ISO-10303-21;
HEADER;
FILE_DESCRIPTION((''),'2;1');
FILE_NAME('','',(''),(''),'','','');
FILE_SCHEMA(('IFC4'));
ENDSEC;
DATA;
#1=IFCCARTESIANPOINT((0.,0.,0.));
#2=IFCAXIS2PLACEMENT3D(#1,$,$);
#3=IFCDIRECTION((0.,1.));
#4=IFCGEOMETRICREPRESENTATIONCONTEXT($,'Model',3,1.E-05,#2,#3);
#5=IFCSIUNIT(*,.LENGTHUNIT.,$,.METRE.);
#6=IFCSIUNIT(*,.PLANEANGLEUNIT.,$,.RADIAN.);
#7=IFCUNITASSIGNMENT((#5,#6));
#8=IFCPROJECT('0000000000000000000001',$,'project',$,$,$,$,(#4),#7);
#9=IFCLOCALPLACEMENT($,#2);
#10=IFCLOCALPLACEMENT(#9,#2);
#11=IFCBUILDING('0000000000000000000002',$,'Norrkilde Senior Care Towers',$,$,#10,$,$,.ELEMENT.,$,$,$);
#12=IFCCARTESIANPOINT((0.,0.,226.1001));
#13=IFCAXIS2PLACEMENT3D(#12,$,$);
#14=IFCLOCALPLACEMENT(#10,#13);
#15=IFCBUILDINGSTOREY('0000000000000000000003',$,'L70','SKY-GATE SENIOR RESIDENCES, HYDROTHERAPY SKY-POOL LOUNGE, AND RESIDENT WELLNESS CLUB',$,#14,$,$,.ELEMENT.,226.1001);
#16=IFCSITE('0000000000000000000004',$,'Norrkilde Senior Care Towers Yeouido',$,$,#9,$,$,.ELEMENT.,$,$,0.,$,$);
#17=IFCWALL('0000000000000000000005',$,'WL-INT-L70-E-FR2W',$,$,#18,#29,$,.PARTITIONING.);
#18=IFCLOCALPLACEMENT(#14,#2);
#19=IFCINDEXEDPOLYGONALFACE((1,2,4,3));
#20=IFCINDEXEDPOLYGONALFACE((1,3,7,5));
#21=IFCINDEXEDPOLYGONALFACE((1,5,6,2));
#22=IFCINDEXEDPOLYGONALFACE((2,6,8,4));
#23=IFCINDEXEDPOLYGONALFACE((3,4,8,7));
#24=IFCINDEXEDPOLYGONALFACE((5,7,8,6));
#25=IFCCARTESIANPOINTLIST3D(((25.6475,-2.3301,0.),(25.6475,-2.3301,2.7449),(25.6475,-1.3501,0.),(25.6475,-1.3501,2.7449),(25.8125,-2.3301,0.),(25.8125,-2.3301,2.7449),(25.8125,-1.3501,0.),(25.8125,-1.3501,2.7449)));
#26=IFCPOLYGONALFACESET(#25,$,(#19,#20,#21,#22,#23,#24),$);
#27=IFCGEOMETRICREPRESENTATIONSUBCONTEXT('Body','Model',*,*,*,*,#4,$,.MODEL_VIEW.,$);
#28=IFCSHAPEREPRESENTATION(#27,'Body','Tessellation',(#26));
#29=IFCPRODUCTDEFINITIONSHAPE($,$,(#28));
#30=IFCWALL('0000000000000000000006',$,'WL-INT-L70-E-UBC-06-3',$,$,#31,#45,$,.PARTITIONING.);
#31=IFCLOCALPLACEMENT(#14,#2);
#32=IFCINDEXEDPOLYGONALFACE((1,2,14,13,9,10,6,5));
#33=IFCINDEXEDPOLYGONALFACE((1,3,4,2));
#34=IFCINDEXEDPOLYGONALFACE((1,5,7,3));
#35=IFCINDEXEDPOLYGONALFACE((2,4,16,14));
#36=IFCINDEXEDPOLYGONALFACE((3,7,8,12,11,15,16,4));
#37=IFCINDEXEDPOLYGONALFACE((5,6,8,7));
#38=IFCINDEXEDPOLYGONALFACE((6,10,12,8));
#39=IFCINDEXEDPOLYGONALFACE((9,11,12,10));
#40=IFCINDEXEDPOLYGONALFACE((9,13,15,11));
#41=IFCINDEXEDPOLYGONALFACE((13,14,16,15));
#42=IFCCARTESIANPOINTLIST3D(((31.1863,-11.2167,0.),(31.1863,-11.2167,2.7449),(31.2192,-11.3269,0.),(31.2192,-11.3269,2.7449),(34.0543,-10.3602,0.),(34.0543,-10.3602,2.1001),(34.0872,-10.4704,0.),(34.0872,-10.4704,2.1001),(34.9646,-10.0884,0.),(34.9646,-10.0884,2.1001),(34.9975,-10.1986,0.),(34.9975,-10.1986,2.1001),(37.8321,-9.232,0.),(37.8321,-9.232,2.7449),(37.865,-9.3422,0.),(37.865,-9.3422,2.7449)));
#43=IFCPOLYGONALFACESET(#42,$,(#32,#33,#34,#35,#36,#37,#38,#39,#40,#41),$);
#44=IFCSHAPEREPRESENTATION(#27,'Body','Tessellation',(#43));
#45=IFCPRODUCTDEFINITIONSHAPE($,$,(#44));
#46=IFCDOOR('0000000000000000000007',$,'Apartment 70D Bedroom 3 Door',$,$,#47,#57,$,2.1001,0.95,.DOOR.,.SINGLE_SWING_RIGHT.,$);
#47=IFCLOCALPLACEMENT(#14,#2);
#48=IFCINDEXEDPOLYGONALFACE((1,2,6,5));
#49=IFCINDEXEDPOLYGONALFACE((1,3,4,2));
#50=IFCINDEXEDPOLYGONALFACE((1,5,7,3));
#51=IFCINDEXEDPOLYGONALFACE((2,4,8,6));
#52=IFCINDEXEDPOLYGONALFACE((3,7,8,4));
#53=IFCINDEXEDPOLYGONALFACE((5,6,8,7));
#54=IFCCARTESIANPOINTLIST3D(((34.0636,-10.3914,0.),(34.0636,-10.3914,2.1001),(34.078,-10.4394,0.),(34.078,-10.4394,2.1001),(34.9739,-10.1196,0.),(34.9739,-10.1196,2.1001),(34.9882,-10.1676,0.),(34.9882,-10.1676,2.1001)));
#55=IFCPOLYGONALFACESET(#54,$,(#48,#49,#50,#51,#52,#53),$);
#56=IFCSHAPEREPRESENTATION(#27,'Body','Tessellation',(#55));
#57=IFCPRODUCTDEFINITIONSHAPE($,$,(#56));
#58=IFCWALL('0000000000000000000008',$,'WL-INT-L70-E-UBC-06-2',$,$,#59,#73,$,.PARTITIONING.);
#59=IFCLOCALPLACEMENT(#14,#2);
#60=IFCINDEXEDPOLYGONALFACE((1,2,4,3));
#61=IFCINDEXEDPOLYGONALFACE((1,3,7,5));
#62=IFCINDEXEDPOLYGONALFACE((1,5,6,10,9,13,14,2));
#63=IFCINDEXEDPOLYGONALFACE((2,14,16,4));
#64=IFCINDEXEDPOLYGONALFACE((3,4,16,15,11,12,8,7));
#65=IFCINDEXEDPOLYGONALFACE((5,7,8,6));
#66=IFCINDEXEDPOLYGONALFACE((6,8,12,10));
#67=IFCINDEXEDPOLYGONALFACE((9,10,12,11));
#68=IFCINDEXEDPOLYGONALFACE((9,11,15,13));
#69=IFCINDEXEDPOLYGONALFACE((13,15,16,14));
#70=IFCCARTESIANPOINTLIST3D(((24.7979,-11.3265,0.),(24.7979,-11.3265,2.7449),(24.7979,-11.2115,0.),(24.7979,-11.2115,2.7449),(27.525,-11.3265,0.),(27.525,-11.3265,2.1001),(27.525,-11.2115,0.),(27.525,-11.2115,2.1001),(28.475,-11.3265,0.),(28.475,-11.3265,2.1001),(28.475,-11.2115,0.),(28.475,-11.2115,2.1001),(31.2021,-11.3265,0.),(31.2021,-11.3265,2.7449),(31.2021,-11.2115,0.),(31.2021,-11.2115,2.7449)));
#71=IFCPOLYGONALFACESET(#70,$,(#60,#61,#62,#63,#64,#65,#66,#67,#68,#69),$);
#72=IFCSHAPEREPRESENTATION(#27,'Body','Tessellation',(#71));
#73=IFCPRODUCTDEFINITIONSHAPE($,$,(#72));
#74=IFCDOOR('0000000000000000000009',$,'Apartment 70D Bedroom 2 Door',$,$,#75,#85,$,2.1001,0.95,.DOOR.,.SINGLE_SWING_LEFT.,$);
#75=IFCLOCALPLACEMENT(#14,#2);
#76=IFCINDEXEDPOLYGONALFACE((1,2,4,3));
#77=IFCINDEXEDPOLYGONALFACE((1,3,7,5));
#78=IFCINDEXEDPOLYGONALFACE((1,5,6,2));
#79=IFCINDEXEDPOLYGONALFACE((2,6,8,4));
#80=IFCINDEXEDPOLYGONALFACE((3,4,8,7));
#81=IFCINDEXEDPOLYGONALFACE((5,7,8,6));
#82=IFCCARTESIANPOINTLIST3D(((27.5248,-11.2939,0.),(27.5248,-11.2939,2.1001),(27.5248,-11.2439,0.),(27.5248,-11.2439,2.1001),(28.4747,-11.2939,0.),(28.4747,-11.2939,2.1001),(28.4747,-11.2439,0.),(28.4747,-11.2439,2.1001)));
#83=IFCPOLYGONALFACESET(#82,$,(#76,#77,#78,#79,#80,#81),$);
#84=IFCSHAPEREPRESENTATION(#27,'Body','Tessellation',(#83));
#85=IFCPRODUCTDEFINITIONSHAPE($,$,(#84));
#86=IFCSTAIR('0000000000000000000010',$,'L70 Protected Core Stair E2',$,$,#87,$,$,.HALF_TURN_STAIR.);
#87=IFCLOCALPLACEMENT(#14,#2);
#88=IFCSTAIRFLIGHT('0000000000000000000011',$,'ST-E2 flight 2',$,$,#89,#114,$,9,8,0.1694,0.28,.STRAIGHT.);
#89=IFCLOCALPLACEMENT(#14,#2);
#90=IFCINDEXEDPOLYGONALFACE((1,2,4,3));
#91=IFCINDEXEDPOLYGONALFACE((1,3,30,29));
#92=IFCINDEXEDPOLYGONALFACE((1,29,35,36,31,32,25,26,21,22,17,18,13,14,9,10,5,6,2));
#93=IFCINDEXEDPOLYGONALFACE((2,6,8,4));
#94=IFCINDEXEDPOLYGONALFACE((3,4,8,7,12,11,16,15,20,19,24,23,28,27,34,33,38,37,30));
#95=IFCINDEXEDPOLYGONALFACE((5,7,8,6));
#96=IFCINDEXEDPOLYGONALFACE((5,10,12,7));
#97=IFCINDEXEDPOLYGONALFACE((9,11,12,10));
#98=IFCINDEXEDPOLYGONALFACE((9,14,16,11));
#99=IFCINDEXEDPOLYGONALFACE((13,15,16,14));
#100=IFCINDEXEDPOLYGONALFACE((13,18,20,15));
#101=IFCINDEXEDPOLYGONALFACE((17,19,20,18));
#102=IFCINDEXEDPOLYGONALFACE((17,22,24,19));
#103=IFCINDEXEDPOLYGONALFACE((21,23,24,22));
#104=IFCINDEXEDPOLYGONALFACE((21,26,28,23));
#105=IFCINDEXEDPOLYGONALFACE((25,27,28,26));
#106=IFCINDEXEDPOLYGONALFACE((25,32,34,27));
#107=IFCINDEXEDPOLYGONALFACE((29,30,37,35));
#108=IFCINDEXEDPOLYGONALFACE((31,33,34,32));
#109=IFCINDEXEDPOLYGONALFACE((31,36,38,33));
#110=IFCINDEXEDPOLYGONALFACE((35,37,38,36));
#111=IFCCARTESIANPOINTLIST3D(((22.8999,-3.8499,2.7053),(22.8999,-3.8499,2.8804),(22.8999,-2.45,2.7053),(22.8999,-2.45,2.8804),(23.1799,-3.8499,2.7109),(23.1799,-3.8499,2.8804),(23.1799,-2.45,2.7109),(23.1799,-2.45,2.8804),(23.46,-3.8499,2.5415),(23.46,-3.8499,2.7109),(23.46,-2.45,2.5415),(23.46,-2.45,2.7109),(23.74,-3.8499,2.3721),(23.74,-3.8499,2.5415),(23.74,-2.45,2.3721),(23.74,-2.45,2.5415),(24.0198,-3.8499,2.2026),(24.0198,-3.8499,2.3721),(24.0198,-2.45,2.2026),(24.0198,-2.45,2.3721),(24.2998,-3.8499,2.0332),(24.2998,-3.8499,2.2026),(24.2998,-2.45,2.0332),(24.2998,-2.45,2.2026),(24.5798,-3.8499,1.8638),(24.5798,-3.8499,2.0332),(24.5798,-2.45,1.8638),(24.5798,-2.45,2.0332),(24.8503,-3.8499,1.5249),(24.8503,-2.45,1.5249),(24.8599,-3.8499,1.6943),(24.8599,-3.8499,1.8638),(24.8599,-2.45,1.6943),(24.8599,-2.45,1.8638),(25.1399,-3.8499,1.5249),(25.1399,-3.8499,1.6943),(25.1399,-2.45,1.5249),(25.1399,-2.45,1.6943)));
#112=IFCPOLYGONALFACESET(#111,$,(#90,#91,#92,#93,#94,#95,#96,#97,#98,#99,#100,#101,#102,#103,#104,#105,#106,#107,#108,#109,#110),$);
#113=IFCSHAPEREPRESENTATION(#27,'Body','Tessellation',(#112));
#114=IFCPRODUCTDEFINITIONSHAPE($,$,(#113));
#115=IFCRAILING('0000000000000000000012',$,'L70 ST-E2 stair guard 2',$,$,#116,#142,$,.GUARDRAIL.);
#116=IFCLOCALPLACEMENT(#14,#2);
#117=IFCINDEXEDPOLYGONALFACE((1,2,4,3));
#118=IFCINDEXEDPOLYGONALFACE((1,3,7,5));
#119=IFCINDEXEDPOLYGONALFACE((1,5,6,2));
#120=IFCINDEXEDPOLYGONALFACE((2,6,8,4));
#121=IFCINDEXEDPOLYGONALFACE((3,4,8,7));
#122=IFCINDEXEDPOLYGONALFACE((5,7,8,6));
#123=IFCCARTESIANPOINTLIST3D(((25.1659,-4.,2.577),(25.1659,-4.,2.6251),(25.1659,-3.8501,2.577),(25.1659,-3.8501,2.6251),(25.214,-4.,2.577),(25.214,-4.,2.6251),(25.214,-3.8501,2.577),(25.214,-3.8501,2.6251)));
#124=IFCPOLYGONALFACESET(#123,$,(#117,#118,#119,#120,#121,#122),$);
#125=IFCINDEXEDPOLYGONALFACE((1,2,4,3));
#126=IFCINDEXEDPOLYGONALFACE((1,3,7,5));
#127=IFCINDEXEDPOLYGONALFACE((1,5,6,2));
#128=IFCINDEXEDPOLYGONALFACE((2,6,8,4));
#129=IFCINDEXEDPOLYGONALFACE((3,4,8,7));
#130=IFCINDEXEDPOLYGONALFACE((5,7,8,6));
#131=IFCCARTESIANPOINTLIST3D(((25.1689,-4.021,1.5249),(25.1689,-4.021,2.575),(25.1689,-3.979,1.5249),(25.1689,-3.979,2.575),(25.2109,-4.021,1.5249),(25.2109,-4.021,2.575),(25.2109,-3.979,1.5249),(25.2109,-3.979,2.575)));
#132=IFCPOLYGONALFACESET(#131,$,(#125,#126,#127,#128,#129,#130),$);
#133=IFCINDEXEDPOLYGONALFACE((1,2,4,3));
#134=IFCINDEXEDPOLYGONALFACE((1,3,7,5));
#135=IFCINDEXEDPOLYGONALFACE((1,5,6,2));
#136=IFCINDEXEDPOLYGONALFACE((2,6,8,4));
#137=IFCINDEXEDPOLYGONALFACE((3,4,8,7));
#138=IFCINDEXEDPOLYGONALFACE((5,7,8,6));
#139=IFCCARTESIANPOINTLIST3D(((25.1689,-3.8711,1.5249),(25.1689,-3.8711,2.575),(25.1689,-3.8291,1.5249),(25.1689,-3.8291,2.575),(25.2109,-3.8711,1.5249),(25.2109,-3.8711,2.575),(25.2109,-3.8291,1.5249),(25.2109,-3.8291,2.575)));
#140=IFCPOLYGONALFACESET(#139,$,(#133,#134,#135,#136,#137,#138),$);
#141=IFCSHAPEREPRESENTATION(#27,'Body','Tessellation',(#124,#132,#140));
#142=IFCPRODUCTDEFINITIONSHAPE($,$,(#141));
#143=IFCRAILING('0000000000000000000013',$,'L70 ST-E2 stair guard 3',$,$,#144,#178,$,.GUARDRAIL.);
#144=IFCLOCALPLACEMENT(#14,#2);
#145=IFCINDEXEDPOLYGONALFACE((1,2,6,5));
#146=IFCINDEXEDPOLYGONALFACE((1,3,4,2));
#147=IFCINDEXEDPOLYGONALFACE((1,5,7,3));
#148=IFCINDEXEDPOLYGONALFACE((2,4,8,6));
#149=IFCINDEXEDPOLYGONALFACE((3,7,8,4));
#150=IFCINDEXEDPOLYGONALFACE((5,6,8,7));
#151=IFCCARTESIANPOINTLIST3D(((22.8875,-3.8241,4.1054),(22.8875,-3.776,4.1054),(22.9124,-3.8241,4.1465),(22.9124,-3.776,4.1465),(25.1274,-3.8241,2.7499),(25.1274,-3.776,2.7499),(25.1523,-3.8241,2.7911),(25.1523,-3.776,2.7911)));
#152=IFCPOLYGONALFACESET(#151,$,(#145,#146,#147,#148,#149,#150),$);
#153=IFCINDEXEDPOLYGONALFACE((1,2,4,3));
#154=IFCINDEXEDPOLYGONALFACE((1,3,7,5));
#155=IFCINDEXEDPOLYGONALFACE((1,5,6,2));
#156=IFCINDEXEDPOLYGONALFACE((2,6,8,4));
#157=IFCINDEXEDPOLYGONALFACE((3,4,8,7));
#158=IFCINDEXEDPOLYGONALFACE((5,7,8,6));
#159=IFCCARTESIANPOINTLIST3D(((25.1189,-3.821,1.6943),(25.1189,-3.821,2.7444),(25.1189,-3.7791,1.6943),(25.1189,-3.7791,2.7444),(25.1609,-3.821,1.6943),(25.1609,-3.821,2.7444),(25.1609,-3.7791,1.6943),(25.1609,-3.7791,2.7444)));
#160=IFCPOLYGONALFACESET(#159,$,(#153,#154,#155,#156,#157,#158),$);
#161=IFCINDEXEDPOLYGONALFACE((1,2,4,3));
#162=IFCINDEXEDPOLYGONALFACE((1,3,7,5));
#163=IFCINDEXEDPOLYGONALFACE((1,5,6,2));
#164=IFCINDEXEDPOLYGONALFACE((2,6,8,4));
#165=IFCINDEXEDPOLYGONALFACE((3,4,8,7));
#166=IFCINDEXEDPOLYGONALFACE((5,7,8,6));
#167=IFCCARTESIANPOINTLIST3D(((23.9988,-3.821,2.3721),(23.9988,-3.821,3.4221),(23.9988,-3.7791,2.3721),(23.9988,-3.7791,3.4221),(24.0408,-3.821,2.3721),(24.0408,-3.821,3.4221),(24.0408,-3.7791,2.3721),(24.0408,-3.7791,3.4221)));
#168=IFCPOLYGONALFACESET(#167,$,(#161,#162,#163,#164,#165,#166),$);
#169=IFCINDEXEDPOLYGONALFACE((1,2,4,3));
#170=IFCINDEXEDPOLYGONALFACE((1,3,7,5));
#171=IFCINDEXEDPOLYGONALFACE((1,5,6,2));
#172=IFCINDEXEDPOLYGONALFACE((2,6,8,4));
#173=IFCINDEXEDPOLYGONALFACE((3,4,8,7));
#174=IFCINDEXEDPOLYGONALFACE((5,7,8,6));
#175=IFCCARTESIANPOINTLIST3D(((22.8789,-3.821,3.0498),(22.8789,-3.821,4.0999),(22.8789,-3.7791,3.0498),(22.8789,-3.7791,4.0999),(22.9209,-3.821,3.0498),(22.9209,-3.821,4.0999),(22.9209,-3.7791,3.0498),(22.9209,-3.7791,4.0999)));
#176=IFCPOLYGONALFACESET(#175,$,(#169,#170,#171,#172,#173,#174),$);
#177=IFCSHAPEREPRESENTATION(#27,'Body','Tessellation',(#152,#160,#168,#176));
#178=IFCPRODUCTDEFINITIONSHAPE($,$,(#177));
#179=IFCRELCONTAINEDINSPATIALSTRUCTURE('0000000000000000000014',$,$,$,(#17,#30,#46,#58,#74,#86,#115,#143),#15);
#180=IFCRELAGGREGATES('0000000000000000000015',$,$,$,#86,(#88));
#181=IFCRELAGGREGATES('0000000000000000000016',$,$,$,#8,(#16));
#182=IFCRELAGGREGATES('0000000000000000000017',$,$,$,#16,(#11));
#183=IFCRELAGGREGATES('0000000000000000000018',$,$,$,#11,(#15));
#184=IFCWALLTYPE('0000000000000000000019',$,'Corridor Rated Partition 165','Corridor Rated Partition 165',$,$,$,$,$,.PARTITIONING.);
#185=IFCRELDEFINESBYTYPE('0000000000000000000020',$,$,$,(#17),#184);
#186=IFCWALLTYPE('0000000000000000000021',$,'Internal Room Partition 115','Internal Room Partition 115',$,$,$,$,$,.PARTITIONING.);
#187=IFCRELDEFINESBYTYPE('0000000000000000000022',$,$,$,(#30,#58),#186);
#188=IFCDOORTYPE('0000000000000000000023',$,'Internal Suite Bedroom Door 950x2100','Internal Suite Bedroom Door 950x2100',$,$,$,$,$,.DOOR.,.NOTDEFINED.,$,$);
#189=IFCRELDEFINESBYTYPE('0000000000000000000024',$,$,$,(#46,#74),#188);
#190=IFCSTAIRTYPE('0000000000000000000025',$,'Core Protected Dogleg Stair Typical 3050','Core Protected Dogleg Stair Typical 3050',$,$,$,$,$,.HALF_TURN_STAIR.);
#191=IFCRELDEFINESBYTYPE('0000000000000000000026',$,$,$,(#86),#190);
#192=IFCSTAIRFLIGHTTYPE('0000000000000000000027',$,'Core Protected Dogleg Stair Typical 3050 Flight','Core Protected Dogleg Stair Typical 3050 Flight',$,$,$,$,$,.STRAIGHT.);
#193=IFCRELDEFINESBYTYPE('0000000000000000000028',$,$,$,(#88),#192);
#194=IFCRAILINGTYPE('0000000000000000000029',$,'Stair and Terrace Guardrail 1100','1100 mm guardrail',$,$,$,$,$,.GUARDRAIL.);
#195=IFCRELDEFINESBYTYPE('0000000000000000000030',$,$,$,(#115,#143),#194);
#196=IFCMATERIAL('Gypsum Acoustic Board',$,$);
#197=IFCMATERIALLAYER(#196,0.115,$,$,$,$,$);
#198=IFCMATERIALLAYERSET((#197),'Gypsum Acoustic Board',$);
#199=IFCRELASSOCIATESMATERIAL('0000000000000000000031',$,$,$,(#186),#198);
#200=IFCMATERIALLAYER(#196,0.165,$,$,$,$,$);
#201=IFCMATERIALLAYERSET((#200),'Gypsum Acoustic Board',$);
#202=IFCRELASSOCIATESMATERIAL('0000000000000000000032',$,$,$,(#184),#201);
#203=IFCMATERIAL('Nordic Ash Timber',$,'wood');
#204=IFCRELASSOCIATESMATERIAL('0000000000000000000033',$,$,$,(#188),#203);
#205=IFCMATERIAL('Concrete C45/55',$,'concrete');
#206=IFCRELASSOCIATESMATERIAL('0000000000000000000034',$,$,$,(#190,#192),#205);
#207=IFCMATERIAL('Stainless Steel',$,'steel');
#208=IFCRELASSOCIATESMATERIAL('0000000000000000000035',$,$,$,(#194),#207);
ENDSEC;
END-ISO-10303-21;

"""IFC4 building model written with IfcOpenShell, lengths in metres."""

from ifc_helpers import new_model, si_unit, direction, frame, frame_2d, origin, origin_2d, place, context, subcontext, project, spatial, polyline, rectangle, outline, extrude, source, transform, mapped, material, layer, layer_set, type_object, type_shapes, element, fill, aggregate, save


model = new_model("IFC4")

# Units and contexts
model_context = context("Model", 3, precision=1e-05, world=origin(), true_north=direction((0.0, 1.0)))
body_context = subcontext(model_context, "Body", "Model", "MODEL_VIEW")
ifc_project = project(units=[si_unit("LENGTHUNIT", "METRE"), si_unit("PLANEANGLEUNIT", "RADIAN")], contexts=[model_context])

# Site, building, storey
site_placement = place(None, origin())
site = spatial("IfcSite", under=ifc_project, at=site_placement, Name="Norrkilde Senior Care Towers Yeouido", CompositionType="ELEMENT", RefElevation=0.0)
building_placement = place(site_placement, origin())
building = spatial("IfcBuilding", under=site, at=building_placement, Name="Norrkilde Senior Care Towers", CompositionType="ELEMENT")
storey_placement = place(building_placement, frame((0.0, 0.0, 226.1001)))
storey = spatial("IfcBuildingStorey", under=building, at=storey_placement, Name="L70", Description="SKY-GATE SENIOR RESIDENCES, HYDROTHERAPY SKY-POOL LOUNGE, AND RESIDENT WELLNESS CLUB", CompositionType="ELEMENT", Elevation=226.1001)

# Shared definitions
ifc_material_1 = material(Name="Concrete C45/55", Category="concrete")
ifc_material_2 = material(Name="Gypsum Acoustic Board")
ifc_layer_1 = layer(ifc_material_2, 0.115)
ifc_layer_set_1 = layer_set([ifc_layer_1], Name="Gypsum Acoustic Board")
wall_type_1 = type_object("IfcWallType", Name="Internal Room Partition 115", Description="Internal Room Partition 115", PredefinedType="PARTITIONING", material=ifc_layer_set_1)

# Shared definitions
ifc_material_3 = material(Name="Stainless Steel", Category="steel")

# Wall
ifc_layer_2 = layer(ifc_material_2, 0.165)
ifc_layer_set_2 = layer_set([ifc_layer_2], Name="Gypsum Acoustic Board")
wall_type_2 = type_object("IfcWallType", Name="Corridor Rated Partition 165", Description="Corridor Rated Partition 165", PredefinedType="PARTITIONING", material=ifc_layer_set_2)
shared_shape_1 = source(origin(), body_context, "Body", "SweptSolid", [
    extrude(rectangle(XDim=0.98, YDim=0.165, at=frame_2d((0.49, 0.0))), origin(), (0.0, 0.0, 1.0), 2.7449),
])
type_shapes(wall_type_2, [shared_shape_1])
wall_1_placement = place(storey_placement, frame((25.73, -2.3301, 0.0), z_axis=(0.0, 0.0, 1.0), x_axis=(0.0, 1.0, 0.0)))
element("IfcWall", 1, at=wall_1_placement, inside=storey, type_object=wall_type_2, Name="WL-INT-L70-E-FR2W", PredefinedType="PARTITIONING", context=body_context, shape_type="MappedRepresentation", body=[
    mapped(shared_shape_1, transform((0.0, 0.0, 0.0), x_axis=(1.0, 0.0, 0.0), y_axis=(0.0, 1.0, 0.0), z_axis=(0.0, 0.0, 1.0), scale=1.0)),
])

# Walls, openings, doors
shared_shape_2 = source(origin(), body_context, "Body", "SweptSolid", [
    extrude(rectangle(XDim=6.9358, YDim=0.115, at=frame_2d((3.4678, 0.0))), origin(), (0.0, 0.0, 1.0), 2.7449),
])
wall_2_placement = place(storey_placement, frame((31.2029, -11.2717, 0.0), z_axis=(0.0, 0.0, 1.0), x_axis=(0.958187, 0.286143, 0.0)))
wall_2 = element("IfcWall", 2, at=wall_2_placement, inside=storey, type_object=wall_type_1, Name="WL-INT-L70-E-UBC-06-3", PredefinedType="PARTITIONING", context=body_context, shape_type="MappedRepresentation", body=[
    mapped(shared_shape_2, transform((0.0, 0.0, 0.0), x_axis=(1.0, 0.0, 0.0), y_axis=(0.0, 1.0, 0.0), z_axis=(0.0, 0.0, 1.0), scale=1.0)),
])
opening_1_placement = place(wall_2_placement, frame((2.9929, 0.0, 0.0)))
opening_1 = element("IfcOpeningElement", 3, at=opening_1_placement, cuts=wall_2, PredefinedType="OPENING", context=body_context, shape_type="SweptSolid", body=[
    extrude(rectangle(XDim=0.95, YDim=2.1001, at=frame_2d((0.4751, 1.05))), frame((0.0, 0.0674, 0.0), z_axis=(0.0, -1.0, 0.0), x_axis=(1.0, 0.0, 0.0)), (0.0, 0.0, 1.0), 0.135),
])
ifc_material_4 = material(Name="Nordic Ash Timber", Category="wood")
door_type_1 = type_object("IfcDoorType", Name="Internal Suite Bedroom Door 950x2100", Description="Internal Suite Bedroom Door 950x2100", OperationType="NOTDEFINED", PredefinedType="DOOR", material=ifc_material_4)
shared_shape_3 = source(origin(), body_context, "Body", "SweptSolid", [
    extrude(rectangle(XDim=0.95, YDim=2.1001, at=frame_2d((0.4751, 1.05))), frame((0.0, 0.0249, 0.0), z_axis=(0.0, -1.0, 0.0), x_axis=(1.0, 0.0, 0.0)), (0.0, 0.0, 1.0), 0.05),
])
type_shapes(door_type_1, [shared_shape_3])
door_1_placement = place(opening_1_placement, origin())
door_1 = element("IfcDoor", 4, at=door_1_placement, inside=storey, type_object=door_type_1, Name="Apartment 70D Bedroom 3 Door", OperationType="SINGLE_SWING_RIGHT", OverallHeight=2.1001, OverallWidth=0.95, PredefinedType="DOOR", context=body_context, shape_type="MappedRepresentation", body=[
    mapped(shared_shape_3, transform((0.0, 0.0, 0.0), x_axis=(1.0, 0.0, 0.0), y_axis=(0.0, 1.0, 0.0), z_axis=(0.0, 0.0, 1.0), scale=1.0)),
])
fill(opening_1, door_1)
shared_shape_4 = source(origin(), body_context, "Body", "SweptSolid", [
    extrude(rectangle(XDim=6.4043, YDim=0.115, at=frame_2d((3.2021, 0.0))), origin(), (0.0, 0.0, 1.0), 2.7449),
])
wall_3_placement = place(storey_placement, frame((24.7979, -11.269, 0.0), z_axis=(0.0, 0.0, 1.0), x_axis=(1.0, 0.0, 0.0)))
wall_3 = element("IfcWall", 5, at=wall_3_placement, inside=storey, type_object=wall_type_1, Name="WL-INT-L70-E-UBC-06-2", PredefinedType="PARTITIONING", context=body_context, shape_type="MappedRepresentation", body=[
    mapped(shared_shape_4, transform((0.0, 0.0, 0.0), x_axis=(1.0, 0.0, 0.0), y_axis=(0.0, 1.0, 0.0), z_axis=(0.0, 0.0, 1.0), scale=1.0)),
])
opening_2_placement = place(wall_3_placement, frame((2.7271, 0.0, 0.0)))
opening_2 = element("IfcOpeningElement", 6, at=opening_2_placement, cuts=wall_3, PredefinedType="OPENING", context=body_context, shape_type="SweptSolid", body=[
    extrude(rectangle(XDim=0.95, YDim=2.1001, at=frame_2d((0.4751, 1.05))), frame((0.0, 0.0674, 0.0), z_axis=(0.0, -1.0, 0.0), x_axis=(1.0, 0.0, 0.0)), (0.0, 0.0, 1.0), 0.135),
])
door_2_placement = place(opening_2_placement, frame((0.95, 0.0, 0.0), z_axis=(0.0, 0.0, 1.0), x_axis=(-1.0, 0.0, 0.0)))
door_2 = element("IfcDoor", 7, at=door_2_placement, inside=storey, type_object=door_type_1, Name="Apartment 70D Bedroom 2 Door", OperationType="SINGLE_SWING_LEFT", OverallHeight=2.1001, OverallWidth=0.95, PredefinedType="DOOR", context=body_context, shape_type="MappedRepresentation", body=[
    mapped(shared_shape_3, transform((0.0, 0.0, 0.0), x_axis=(1.0, 0.0, 0.0), y_axis=(0.0, 1.0, 0.0), z_axis=(0.0, 0.0, 1.0), scale=1.0)),
])
fill(opening_2, door_2)

# Stair, stair flight
stair_type = type_object("IfcStairType", Name="Core Protected Dogleg Stair Typical 3050", Description="Core Protected Dogleg Stair Typical 3050", PredefinedType="HALF_TURN_STAIR", material=ifc_material_1)
stair_placement = place(storey_placement, origin())
stair = element("IfcStair", 8, at=stair_placement, inside=storey, type_object=stair_type, Name="L70 Protected Core Stair E2", PredefinedType="HALF_TURN_STAIR")
stair_flight_type = type_object("IfcStairFlightType", Name="Core Protected Dogleg Stair Typical 3050 Flight", Description="Core Protected Dogleg Stair Typical 3050 Flight", PredefinedType="STRAIGHT", material=ifc_material_1)
stair_flight_placement = place(storey_placement, frame((25.1399, -3.1499, 1.5249), z_axis=(0.0, 0.0, 1.0), x_axis=(-1.0, 0.0, 0.0)))
stair_flight = element("IfcStairFlight", 9, at=stair_flight_placement, type_object=stair_flight_type, Name="ST-E2 flight 2", NumberOfRisers=9, NumberOfTreads=8, PredefinedType="STRAIGHT", RiserHeight=0.1694, TreadLength=0.28, context=body_context, shape_type="SweptSolid", body=[
    extrude(outline(polyline([(0.0, 0.0), (0.0, 0.1694), (0.28, 0.1694), (0.28, 0.3389), (0.5601, 0.3389), (0.5601, 0.5083), (0.8401, 0.5083), (0.8401, 0.6777), (1.1201, 0.6777), (1.1201, 0.8472), (1.3999, 0.8472), (1.3999, 1.0166), (1.6799, 1.0166), (1.6799, 1.186), (1.96, 1.186), (1.96, 1.3555), (2.24, 1.3555), (2.24, 1.5249), (2.24, 1.1804), (0.2896, 0.0), (0.0, 0.0)])), frame((0.0, 0.7, 0.0), z_axis=(0.0, -1.0, 0.0), x_axis=(1.0, 0.0, 0.0)), (0.0, 0.0, 1.0), 1.3999),
])
aggregate(stair, [stair_flight])

# Railings
railing_type_1 = type_object("IfcRailingType", Name="Stair and Terrace Guardrail 1100", Description="1100 mm guardrail", PredefinedType="GUARDRAIL", material=ifc_material_3)
railing_1_placement = place(storey_placement, frame((25.1899, -4.0, 1.5249)))
element("IfcRailing", 10, at=railing_1_placement, inside=storey, type_object=railing_type_1, Name="L70 ST-E2 stair guard 2", PredefinedType="GUARDRAIL", context=body_context, shape_type="SweptSolid", body=[
    extrude(rectangle(XDim=0.0481, YDim=0.0481, at=origin_2d()), frame((0.0, 0.0, 1.0762), z_axis=(0.0, 1.0, 0.0), x_axis=(-1.0, 0.0, 0.0)), (0.0, 0.0, 1.0), 0.1499),
    extrude(rectangle(XDim=0.042, YDim=0.042, at=origin_2d()), origin(), (0.0, 0.0, 1.0), 1.05),
    extrude(rectangle(XDim=0.042, YDim=0.042, at=origin_2d()), frame((0.0, 0.1499, 0.0)), (0.0, 0.0, 1.0), 1.05),
])
railing_2_placement = place(storey_placement, frame((25.1399, -3.8, 1.6943)))
element("IfcRailing", 11, at=railing_2_placement, inside=storey, type_object=railing_type_1, Name="L70 ST-E2 stair guard 3", PredefinedType="GUARDRAIL", context=body_context, shape_type="SweptSolid", body=[
    extrude(rectangle(XDim=0.0481, YDim=0.0481, at=origin_2d()), frame((0.0, 0.0, 1.0762), z_axis=(-0.855553, 0.0, 0.517715), x_axis=(0.0, -1.0, 0.0)), (0.0, 0.0, 1.0), 2.6182),
    extrude(rectangle(XDim=0.042, YDim=0.042, at=origin_2d()), origin(), (0.0, 0.0, 1.0), 1.05),
    extrude(rectangle(XDim=0.042, YDim=0.042, at=origin_2d()), frame((-1.1201, 0.0, 0.6777)), (0.0, 0.0, 1.0), 1.05),
    extrude(rectangle(XDim=0.042, YDim=0.042, at=origin_2d()), frame((-2.24, 0.0, 1.3555)), (0.0, 0.0, 1.0), 1.05),
])

save(model, "model.ifc")
